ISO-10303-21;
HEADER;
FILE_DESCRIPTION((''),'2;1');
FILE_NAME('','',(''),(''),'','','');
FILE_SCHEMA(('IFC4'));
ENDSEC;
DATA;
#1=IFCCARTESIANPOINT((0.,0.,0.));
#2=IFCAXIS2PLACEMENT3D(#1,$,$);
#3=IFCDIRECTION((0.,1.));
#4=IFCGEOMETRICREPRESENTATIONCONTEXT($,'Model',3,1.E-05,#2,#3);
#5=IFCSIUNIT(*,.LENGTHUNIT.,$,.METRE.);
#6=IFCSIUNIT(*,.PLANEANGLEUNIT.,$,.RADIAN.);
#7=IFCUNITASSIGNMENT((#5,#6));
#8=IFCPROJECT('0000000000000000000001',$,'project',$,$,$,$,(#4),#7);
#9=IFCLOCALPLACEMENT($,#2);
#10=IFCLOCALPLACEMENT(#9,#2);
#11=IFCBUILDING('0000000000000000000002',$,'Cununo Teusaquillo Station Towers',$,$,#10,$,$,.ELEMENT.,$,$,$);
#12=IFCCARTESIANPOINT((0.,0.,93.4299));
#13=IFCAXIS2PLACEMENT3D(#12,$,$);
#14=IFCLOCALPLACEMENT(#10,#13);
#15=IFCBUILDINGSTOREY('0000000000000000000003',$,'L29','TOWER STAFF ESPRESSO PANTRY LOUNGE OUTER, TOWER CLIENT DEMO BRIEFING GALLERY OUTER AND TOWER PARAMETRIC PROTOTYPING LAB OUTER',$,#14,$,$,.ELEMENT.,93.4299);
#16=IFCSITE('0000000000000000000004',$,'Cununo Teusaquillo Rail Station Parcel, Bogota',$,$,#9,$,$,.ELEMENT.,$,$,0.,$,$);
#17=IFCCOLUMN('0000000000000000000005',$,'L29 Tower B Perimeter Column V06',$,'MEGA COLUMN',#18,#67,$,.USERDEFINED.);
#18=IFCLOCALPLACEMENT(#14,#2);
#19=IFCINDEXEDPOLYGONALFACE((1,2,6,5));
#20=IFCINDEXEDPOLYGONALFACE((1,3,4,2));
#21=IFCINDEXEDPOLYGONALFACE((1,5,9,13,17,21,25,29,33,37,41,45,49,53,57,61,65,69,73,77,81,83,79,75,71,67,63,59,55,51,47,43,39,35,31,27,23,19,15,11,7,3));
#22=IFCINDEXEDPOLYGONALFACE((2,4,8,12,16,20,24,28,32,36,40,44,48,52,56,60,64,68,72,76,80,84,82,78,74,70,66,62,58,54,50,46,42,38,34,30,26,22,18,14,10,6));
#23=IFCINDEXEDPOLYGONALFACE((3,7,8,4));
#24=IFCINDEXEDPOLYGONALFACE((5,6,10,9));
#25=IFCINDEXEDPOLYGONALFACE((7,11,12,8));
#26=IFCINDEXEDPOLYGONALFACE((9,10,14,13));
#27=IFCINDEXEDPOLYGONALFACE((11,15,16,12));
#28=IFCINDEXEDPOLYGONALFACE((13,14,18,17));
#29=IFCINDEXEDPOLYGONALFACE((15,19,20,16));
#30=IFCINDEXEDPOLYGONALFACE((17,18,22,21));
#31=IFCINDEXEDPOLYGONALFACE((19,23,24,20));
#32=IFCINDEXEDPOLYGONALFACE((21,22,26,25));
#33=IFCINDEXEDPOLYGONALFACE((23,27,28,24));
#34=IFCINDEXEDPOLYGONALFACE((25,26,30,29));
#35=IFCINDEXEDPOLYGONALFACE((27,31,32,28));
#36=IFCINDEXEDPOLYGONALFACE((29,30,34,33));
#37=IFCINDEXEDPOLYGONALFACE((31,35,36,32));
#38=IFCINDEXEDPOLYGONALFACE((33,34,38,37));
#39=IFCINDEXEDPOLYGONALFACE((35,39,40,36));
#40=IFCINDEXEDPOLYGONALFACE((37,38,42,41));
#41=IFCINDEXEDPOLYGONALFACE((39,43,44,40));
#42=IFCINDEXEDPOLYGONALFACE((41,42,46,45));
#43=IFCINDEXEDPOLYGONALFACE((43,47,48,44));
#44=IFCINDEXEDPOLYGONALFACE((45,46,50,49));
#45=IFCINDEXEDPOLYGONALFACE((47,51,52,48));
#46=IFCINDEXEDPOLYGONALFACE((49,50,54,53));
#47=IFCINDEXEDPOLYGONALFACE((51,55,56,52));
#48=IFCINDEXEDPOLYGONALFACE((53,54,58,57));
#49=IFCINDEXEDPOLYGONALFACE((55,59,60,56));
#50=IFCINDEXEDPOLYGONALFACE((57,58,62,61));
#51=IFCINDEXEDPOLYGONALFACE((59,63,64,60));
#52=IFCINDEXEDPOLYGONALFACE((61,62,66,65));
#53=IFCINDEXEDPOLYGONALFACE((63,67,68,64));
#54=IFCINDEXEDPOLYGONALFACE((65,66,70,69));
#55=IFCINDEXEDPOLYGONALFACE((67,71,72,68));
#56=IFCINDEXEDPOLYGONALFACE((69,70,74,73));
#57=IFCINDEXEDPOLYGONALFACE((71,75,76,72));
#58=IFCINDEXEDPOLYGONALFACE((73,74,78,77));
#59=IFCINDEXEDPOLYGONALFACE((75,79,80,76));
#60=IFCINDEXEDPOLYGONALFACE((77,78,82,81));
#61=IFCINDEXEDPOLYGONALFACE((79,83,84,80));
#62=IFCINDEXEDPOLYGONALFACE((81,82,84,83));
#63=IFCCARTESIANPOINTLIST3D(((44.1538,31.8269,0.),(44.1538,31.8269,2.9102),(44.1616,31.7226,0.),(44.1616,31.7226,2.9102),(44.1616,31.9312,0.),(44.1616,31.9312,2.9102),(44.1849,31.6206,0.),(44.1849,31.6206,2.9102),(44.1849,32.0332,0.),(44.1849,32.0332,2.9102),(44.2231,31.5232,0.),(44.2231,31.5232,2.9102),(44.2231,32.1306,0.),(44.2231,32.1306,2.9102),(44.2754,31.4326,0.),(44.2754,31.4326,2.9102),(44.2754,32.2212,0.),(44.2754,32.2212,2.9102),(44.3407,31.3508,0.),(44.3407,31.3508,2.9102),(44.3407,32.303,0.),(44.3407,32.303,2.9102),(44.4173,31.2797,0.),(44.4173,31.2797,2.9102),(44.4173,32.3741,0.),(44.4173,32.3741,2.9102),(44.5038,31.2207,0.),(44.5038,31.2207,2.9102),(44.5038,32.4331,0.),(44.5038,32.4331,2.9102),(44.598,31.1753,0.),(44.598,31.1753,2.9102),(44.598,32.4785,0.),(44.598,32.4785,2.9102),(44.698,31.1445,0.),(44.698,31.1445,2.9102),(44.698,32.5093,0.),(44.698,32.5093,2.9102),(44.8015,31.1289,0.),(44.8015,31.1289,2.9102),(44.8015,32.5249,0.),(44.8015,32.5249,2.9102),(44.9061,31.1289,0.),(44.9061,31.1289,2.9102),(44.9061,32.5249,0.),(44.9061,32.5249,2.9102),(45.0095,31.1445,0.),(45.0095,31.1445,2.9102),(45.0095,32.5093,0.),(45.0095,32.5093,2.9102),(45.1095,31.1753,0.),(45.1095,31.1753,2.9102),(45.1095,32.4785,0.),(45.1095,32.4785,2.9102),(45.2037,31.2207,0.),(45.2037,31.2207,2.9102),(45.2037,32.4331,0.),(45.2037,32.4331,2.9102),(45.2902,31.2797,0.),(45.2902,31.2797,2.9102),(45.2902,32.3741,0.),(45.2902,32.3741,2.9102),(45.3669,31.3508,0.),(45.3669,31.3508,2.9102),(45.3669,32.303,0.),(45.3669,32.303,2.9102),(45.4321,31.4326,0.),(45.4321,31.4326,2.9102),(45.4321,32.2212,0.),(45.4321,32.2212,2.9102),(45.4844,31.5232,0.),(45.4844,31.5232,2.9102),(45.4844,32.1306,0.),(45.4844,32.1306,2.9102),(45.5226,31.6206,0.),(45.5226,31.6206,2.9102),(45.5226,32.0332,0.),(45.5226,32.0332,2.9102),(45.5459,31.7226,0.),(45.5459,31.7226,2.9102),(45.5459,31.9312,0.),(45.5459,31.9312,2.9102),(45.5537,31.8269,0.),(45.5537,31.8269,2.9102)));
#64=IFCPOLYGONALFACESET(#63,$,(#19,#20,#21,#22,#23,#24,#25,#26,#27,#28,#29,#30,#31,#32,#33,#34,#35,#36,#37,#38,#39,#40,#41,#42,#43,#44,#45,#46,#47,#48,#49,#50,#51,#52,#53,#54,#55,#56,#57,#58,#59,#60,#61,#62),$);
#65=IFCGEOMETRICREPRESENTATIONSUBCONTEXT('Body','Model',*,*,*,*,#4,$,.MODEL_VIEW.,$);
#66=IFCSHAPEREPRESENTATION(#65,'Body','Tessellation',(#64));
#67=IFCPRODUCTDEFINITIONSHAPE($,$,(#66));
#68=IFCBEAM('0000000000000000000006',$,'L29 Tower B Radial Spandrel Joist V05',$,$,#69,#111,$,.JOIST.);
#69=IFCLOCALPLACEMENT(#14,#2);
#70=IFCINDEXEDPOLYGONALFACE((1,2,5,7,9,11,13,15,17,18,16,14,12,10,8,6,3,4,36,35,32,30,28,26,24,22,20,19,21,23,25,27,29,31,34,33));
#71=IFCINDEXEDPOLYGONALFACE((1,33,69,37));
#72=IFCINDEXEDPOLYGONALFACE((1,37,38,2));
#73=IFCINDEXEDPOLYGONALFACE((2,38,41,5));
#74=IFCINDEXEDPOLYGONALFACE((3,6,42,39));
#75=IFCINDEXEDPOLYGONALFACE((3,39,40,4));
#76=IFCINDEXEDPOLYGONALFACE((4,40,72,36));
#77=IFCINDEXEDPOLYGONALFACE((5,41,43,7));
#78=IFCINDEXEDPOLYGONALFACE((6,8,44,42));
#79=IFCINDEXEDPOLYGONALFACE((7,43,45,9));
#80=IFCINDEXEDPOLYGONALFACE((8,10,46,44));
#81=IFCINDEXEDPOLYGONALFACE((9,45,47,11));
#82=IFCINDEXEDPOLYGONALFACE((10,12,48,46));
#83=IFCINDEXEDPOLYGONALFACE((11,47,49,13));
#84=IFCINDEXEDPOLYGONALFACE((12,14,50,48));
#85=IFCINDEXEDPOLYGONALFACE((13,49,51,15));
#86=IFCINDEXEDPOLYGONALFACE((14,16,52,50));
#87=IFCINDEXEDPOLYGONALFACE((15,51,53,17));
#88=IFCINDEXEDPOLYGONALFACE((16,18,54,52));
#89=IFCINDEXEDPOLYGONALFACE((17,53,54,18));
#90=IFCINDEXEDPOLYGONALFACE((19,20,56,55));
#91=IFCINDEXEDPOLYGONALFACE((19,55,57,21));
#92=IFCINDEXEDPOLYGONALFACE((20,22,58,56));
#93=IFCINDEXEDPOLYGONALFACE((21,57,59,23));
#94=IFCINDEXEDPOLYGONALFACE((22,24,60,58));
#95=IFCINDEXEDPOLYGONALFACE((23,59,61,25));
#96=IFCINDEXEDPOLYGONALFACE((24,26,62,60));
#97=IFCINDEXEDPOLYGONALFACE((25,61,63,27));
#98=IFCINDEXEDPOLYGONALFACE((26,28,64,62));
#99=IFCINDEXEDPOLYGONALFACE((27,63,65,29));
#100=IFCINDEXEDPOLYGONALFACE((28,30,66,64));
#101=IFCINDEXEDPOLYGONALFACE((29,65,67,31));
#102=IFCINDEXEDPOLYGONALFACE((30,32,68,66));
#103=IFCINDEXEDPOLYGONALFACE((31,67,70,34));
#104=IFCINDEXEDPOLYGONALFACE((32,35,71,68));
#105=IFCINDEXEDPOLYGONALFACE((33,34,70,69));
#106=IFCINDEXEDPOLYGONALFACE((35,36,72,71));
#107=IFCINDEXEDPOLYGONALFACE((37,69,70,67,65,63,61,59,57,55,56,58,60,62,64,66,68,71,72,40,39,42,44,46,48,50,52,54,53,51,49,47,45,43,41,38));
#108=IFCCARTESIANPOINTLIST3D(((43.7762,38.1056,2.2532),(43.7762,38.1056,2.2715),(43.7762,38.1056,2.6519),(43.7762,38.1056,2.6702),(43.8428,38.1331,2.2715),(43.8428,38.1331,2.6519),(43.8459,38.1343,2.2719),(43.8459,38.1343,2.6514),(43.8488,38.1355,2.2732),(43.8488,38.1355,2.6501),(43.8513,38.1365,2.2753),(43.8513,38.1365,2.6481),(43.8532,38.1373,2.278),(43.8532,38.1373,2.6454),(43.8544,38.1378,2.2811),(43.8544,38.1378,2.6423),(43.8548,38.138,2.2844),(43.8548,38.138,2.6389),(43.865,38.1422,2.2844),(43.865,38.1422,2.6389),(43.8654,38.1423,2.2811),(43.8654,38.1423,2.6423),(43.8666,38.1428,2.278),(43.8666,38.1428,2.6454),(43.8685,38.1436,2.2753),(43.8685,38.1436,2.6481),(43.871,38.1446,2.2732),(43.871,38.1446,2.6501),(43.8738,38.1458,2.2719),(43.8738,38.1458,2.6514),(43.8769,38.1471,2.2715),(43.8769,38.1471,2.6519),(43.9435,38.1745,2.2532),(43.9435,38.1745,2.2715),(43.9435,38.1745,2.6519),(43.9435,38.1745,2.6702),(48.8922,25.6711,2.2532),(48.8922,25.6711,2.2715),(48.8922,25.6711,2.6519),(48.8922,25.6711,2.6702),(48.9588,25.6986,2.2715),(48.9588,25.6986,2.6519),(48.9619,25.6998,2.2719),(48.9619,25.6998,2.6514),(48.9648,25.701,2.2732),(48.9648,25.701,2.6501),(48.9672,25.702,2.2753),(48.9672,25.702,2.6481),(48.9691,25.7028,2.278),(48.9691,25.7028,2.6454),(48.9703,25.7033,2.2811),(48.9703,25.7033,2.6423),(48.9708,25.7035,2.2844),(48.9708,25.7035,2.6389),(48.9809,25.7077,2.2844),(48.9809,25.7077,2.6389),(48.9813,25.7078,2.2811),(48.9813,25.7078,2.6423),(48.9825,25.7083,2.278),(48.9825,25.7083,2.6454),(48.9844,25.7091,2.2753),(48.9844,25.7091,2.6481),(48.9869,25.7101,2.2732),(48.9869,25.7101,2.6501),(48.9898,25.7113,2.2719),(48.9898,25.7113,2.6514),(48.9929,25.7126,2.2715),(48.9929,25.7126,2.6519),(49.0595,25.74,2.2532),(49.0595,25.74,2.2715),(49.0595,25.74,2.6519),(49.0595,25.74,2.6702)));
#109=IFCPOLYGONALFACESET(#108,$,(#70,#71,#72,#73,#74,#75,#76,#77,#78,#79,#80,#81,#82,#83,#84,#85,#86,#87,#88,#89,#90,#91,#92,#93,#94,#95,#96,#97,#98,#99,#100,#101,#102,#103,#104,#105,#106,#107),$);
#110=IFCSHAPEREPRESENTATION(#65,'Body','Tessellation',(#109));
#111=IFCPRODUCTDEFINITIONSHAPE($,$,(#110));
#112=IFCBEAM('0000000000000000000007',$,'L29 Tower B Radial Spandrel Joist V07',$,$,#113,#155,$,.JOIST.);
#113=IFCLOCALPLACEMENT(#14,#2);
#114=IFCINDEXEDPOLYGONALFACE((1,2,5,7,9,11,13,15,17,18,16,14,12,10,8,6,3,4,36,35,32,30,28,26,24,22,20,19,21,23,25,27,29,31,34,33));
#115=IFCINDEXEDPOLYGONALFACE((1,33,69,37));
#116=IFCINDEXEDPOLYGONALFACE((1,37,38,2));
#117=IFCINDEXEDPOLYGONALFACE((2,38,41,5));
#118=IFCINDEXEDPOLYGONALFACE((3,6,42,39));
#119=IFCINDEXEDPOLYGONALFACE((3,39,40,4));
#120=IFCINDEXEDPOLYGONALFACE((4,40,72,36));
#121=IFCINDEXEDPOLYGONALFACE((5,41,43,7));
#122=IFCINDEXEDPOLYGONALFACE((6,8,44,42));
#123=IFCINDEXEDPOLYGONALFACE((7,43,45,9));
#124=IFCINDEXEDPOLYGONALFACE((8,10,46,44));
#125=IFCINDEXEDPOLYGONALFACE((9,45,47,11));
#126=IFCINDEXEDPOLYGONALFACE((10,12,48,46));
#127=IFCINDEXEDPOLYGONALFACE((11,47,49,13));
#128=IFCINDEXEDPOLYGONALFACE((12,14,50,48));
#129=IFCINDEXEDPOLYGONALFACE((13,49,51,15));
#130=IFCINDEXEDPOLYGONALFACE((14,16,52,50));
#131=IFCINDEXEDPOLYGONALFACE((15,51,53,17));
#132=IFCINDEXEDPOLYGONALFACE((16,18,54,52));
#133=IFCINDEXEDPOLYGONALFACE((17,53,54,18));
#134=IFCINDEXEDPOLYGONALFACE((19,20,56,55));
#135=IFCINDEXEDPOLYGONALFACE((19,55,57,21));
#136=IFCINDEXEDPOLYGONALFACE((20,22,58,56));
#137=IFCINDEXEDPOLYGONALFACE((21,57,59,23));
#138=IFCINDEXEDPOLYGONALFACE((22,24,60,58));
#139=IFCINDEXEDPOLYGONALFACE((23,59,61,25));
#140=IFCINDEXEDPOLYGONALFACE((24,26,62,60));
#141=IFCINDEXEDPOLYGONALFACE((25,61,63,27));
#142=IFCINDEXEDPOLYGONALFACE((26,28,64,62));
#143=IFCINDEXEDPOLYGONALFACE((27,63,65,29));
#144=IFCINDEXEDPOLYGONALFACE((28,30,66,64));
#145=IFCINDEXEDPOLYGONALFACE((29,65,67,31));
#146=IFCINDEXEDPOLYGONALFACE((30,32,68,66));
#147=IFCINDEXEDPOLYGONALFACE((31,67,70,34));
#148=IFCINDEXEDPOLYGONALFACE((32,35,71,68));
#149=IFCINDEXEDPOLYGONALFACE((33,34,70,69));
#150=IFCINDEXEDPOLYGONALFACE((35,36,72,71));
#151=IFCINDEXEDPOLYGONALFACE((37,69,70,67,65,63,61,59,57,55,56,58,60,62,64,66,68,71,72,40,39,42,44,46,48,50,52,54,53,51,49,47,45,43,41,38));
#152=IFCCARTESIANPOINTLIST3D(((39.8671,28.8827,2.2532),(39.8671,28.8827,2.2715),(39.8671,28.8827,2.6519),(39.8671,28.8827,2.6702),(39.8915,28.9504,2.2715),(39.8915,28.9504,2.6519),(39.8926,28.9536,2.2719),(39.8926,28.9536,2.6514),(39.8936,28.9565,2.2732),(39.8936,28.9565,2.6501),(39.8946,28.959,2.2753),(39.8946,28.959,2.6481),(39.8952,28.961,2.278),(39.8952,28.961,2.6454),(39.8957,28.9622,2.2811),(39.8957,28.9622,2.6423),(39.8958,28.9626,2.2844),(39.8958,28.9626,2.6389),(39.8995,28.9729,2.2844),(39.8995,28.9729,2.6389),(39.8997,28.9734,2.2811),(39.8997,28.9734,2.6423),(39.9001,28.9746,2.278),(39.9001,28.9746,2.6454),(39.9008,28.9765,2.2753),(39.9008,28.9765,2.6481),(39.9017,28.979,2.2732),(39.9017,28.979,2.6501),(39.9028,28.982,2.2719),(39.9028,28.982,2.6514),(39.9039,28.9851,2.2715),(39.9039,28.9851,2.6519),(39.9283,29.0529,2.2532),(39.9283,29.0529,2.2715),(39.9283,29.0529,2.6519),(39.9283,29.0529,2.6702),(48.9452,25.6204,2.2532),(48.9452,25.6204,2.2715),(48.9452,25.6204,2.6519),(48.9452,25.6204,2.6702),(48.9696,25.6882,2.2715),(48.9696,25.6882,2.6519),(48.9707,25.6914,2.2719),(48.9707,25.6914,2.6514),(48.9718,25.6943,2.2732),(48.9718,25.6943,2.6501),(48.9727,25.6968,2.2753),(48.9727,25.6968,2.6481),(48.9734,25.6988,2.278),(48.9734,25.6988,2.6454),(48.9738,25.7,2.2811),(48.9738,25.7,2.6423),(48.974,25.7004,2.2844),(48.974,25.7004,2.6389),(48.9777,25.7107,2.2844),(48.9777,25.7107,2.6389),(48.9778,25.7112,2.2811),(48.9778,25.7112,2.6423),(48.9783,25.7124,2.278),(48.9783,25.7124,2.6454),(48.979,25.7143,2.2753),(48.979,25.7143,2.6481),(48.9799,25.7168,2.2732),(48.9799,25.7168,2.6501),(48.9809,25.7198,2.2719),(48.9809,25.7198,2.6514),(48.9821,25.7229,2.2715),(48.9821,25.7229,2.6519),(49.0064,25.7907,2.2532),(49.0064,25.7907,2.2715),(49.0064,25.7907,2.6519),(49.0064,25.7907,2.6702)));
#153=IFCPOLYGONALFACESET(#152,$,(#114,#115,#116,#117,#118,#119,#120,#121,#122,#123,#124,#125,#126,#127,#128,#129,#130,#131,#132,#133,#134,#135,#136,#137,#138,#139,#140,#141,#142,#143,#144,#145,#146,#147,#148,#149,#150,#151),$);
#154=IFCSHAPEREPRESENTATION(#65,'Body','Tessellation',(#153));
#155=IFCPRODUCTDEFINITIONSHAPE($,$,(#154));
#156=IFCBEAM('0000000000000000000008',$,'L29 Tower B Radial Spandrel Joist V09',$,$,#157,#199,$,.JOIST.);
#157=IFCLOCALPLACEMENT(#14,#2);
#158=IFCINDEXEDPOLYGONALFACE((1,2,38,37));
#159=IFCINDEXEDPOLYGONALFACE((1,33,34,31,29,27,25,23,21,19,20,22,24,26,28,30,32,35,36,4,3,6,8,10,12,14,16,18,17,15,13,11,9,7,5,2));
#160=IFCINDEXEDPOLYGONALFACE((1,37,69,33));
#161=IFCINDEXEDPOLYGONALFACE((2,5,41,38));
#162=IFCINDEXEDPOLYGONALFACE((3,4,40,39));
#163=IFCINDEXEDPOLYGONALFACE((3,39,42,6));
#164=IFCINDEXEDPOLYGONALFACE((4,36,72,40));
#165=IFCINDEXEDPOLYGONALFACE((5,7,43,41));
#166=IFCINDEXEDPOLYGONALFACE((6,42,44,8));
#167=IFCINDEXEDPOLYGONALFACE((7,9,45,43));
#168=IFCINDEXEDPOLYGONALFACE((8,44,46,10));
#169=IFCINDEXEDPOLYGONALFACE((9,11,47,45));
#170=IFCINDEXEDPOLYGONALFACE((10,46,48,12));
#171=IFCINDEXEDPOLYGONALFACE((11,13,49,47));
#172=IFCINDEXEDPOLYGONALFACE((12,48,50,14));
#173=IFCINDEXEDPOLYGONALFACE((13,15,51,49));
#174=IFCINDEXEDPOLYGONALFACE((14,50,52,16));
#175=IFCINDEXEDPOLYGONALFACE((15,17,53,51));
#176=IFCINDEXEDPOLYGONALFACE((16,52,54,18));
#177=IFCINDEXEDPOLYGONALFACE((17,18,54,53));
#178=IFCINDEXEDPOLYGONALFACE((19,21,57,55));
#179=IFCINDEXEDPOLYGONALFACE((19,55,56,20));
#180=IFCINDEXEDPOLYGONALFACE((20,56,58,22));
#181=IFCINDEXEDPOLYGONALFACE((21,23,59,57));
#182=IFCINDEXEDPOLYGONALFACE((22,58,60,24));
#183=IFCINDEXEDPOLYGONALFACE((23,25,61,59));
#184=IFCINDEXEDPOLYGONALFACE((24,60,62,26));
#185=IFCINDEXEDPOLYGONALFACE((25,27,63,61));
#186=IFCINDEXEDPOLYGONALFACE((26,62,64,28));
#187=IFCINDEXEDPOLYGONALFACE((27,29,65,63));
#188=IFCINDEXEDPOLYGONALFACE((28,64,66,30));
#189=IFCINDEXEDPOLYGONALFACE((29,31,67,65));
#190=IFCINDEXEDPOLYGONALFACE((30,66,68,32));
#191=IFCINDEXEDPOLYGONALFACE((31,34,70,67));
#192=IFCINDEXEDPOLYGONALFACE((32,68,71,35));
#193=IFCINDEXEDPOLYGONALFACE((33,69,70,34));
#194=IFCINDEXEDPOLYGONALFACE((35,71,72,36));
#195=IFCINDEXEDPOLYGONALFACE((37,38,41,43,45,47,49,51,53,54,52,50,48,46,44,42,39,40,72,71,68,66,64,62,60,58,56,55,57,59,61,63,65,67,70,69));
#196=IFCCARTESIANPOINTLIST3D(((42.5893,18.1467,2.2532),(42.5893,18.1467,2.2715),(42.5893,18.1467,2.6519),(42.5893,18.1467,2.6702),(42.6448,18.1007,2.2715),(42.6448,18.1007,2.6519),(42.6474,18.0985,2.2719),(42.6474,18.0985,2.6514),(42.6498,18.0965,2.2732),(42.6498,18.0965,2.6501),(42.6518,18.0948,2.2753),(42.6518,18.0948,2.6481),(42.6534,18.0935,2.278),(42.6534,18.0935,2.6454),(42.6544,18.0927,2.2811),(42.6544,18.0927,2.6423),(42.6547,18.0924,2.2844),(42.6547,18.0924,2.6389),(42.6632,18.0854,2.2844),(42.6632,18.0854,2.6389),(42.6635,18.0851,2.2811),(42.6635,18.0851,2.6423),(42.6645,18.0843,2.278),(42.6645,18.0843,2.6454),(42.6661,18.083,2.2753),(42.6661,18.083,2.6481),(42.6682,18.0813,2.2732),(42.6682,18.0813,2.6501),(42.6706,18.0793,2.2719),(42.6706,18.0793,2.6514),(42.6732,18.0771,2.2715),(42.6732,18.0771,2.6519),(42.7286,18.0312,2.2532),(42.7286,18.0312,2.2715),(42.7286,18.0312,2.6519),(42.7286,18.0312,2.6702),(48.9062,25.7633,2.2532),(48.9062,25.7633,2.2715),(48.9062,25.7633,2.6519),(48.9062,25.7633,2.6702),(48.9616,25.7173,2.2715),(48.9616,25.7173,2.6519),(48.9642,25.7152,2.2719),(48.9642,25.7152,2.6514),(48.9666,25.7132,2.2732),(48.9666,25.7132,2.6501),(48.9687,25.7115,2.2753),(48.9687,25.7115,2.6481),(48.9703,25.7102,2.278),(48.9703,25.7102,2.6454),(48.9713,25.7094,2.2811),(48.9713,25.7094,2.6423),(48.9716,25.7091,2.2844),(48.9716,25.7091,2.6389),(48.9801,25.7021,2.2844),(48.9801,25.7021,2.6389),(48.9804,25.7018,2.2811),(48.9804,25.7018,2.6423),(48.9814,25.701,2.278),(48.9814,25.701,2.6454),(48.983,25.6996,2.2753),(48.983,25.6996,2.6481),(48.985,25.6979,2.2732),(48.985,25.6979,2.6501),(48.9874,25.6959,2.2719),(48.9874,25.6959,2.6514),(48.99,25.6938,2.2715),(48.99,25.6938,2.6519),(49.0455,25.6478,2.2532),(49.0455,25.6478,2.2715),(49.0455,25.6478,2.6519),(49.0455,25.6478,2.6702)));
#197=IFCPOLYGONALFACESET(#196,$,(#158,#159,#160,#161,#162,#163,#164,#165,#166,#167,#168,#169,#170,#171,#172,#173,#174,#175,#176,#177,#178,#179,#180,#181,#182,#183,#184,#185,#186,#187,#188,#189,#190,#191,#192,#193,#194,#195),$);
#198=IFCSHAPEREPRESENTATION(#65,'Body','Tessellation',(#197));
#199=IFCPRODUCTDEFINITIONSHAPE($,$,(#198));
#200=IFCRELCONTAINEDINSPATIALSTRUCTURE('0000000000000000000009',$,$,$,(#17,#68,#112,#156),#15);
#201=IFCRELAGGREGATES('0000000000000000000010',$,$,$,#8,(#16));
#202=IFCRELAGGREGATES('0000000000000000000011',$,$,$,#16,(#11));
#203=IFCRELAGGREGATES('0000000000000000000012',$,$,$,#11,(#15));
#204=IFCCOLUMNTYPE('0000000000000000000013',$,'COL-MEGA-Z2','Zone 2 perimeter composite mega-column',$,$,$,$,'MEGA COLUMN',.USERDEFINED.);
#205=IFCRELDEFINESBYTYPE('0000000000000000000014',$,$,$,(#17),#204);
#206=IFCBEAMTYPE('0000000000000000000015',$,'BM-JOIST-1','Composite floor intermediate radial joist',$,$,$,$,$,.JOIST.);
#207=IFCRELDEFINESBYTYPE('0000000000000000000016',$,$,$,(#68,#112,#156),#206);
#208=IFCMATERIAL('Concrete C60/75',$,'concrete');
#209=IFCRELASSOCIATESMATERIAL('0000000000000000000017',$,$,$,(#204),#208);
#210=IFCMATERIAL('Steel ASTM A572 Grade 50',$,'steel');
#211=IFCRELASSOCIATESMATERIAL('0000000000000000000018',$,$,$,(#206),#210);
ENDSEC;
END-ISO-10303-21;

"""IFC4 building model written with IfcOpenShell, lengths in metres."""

from ifc_helpers import new_model, si_unit, direction, frame, origin, origin_2d, place, context, subcontext, project, spatial, circle, i_section, extrude, material, material_profile, profile_set, type_object, element, save


model = new_model("IFC4")

# Units and contexts
model_context = context("Model", 3, precision=1e-05, world=origin(), true_north=direction((0.0, 1.0)))
body_context = subcontext(model_context, "Body", "Model", "MODEL_VIEW")
ifc_project = project(units=[si_unit("LENGTHUNIT", "METRE"), si_unit("PLANEANGLEUNIT", "RADIAN")], contexts=[model_context])

# Site, building, storey
site_placement = place(None, origin())
site = spatial("IfcSite", under=ifc_project, at=site_placement, Name="Cununo Teusaquillo Rail Station Parcel, Bogota", CompositionType="ELEMENT", RefElevation=0.0)
building_placement = place(site_placement, origin())
building = spatial("IfcBuilding", under=site, at=building_placement, Name="Cununo Teusaquillo Station Towers", CompositionType="ELEMENT")
storey_placement = place(building_placement, frame((0.0, 0.0, 93.4299)))
storey = spatial("IfcBuildingStorey", under=building, at=storey_placement, Name="L29", Description="TOWER STAFF ESPRESSO PANTRY LOUNGE OUTER, TOWER CLIENT DEMO BRIEFING GALLERY OUTER AND TOWER PARAMETRIC PROTOTYPING LAB OUTER", CompositionType="ELEMENT", Elevation=93.4299)

# Column
ifc_material_1 = material(Name="Concrete C60/75", Category="concrete")
ifc_material_profile_1 = material_profile(ifc_material_1, circle(Radius=0.7, at=origin_2d()), Name="RC-CIRC-1400")
ifc_profile_set_1 = profile_set([ifc_material_profile_1], Name="Concrete C60/75")
column_type = type_object("IfcColumnType", Name="COL-MEGA-Z2", Description="Zone 2 perimeter composite mega-column", ElementType="MEGA COLUMN", PredefinedType="USERDEFINED", material=ifc_profile_set_1)
column_placement = place(storey_placement, frame((44.8538, 31.8269, 0.0), z_axis=(0.0, 0.0, 1.0), x_axis=(1.0, 0.0, 0.0)))
element("IfcColumn", 1, at=column_placement, inside=storey, type_object=column_type, Name="L29 Tower B Perimeter Column V06", ObjectType="MEGA COLUMN", PredefinedType="USERDEFINED", context=body_context, shape_type="SweptSolid", body=[
    extrude(circle(Radius=0.7, at=origin_2d()), origin(), (0.0, 0.0, 1.0), 2.9102),
])

# Beams
ifc_material_2 = material(Name="Steel ASTM A572 Grade 50", Category="steel")
ifc_material_profile_2 = material_profile(ifc_material_2, i_section(OverallWidth=0.1809, OverallDepth=0.417, WebThickness=0.011, FlangeThickness=0.0183, FilletRadius=0.0129, at=origin_2d()), Name="W16X57")
ifc_profile_set_2 = profile_set([ifc_material_profile_2], Name="Steel ASTM A572 Grade 50")
beam_type_1 = type_object("IfcBeamType", Name="BM-JOIST-1", Description="Composite floor intermediate radial joist", PredefinedType="JOIST", material=ifc_profile_set_2)
beam_1_placement = place(storey_placement, frame((48.9758, 25.7056, 2.4617), z_axis=(-0.380486, 0.924787, 0.0), x_axis=(-0.924787, -0.380486, 0.0)))
element("IfcBeam", 2, at=beam_1_placement, inside=storey, type_object=beam_type_1, Name="L29 Tower B Radial Spandrel Joist V05", PredefinedType="JOIST", context=body_context, shape_type="SweptSolid", body=[
    extrude(i_section(OverallWidth=0.1809, OverallDepth=0.417, WebThickness=0.011, FlangeThickness=0.0183, FilletRadius=0.0129, at=origin_2d()), origin(), (0.0, 0.0, 1.0), 13.4458),
])
beam_2_placement = place(storey_placement, frame((48.9758, 25.7056, 2.4617), z_axis=(-0.941083, 0.338176, 0.0), x_axis=(-0.338176, -0.941083, 0.0)))
element("IfcBeam", 3, at=beam_2_placement, inside=storey, type_object=beam_type_1, Name="L29 Tower B Radial Spandrel Joist V07", PredefinedType="JOIST", context=body_context, shape_type="SweptSolid", body=[
    extrude(i_section(OverallWidth=0.1809, OverallDepth=0.417, WebThickness=0.011, FlangeThickness=0.0183, FilletRadius=0.0129, at=origin_2d()), origin(), (0.0, 0.0, 1.0), 9.6465),
])
beam_3_placement = place(storey_placement, frame((48.9758, 25.7056, 2.4617), z_axis=(-0.638372, -0.769728, 0.0), x_axis=(0.769728, -0.638372, 0.0)))
element("IfcBeam", 4, at=beam_3_placement, inside=storey, type_object=beam_type_1, Name="L29 Tower B Radial Spandrel Joist V09", PredefinedType="JOIST", context=body_context, shape_type="SweptSolid", body=[
    extrude(i_section(OverallWidth=0.1809, OverallDepth=0.417, WebThickness=0.011, FlangeThickness=0.0183, FilletRadius=0.0129, at=origin_2d()), origin(), (0.0, 0.0, 1.0), 9.8953),
])

save(model, "model.ifc")
